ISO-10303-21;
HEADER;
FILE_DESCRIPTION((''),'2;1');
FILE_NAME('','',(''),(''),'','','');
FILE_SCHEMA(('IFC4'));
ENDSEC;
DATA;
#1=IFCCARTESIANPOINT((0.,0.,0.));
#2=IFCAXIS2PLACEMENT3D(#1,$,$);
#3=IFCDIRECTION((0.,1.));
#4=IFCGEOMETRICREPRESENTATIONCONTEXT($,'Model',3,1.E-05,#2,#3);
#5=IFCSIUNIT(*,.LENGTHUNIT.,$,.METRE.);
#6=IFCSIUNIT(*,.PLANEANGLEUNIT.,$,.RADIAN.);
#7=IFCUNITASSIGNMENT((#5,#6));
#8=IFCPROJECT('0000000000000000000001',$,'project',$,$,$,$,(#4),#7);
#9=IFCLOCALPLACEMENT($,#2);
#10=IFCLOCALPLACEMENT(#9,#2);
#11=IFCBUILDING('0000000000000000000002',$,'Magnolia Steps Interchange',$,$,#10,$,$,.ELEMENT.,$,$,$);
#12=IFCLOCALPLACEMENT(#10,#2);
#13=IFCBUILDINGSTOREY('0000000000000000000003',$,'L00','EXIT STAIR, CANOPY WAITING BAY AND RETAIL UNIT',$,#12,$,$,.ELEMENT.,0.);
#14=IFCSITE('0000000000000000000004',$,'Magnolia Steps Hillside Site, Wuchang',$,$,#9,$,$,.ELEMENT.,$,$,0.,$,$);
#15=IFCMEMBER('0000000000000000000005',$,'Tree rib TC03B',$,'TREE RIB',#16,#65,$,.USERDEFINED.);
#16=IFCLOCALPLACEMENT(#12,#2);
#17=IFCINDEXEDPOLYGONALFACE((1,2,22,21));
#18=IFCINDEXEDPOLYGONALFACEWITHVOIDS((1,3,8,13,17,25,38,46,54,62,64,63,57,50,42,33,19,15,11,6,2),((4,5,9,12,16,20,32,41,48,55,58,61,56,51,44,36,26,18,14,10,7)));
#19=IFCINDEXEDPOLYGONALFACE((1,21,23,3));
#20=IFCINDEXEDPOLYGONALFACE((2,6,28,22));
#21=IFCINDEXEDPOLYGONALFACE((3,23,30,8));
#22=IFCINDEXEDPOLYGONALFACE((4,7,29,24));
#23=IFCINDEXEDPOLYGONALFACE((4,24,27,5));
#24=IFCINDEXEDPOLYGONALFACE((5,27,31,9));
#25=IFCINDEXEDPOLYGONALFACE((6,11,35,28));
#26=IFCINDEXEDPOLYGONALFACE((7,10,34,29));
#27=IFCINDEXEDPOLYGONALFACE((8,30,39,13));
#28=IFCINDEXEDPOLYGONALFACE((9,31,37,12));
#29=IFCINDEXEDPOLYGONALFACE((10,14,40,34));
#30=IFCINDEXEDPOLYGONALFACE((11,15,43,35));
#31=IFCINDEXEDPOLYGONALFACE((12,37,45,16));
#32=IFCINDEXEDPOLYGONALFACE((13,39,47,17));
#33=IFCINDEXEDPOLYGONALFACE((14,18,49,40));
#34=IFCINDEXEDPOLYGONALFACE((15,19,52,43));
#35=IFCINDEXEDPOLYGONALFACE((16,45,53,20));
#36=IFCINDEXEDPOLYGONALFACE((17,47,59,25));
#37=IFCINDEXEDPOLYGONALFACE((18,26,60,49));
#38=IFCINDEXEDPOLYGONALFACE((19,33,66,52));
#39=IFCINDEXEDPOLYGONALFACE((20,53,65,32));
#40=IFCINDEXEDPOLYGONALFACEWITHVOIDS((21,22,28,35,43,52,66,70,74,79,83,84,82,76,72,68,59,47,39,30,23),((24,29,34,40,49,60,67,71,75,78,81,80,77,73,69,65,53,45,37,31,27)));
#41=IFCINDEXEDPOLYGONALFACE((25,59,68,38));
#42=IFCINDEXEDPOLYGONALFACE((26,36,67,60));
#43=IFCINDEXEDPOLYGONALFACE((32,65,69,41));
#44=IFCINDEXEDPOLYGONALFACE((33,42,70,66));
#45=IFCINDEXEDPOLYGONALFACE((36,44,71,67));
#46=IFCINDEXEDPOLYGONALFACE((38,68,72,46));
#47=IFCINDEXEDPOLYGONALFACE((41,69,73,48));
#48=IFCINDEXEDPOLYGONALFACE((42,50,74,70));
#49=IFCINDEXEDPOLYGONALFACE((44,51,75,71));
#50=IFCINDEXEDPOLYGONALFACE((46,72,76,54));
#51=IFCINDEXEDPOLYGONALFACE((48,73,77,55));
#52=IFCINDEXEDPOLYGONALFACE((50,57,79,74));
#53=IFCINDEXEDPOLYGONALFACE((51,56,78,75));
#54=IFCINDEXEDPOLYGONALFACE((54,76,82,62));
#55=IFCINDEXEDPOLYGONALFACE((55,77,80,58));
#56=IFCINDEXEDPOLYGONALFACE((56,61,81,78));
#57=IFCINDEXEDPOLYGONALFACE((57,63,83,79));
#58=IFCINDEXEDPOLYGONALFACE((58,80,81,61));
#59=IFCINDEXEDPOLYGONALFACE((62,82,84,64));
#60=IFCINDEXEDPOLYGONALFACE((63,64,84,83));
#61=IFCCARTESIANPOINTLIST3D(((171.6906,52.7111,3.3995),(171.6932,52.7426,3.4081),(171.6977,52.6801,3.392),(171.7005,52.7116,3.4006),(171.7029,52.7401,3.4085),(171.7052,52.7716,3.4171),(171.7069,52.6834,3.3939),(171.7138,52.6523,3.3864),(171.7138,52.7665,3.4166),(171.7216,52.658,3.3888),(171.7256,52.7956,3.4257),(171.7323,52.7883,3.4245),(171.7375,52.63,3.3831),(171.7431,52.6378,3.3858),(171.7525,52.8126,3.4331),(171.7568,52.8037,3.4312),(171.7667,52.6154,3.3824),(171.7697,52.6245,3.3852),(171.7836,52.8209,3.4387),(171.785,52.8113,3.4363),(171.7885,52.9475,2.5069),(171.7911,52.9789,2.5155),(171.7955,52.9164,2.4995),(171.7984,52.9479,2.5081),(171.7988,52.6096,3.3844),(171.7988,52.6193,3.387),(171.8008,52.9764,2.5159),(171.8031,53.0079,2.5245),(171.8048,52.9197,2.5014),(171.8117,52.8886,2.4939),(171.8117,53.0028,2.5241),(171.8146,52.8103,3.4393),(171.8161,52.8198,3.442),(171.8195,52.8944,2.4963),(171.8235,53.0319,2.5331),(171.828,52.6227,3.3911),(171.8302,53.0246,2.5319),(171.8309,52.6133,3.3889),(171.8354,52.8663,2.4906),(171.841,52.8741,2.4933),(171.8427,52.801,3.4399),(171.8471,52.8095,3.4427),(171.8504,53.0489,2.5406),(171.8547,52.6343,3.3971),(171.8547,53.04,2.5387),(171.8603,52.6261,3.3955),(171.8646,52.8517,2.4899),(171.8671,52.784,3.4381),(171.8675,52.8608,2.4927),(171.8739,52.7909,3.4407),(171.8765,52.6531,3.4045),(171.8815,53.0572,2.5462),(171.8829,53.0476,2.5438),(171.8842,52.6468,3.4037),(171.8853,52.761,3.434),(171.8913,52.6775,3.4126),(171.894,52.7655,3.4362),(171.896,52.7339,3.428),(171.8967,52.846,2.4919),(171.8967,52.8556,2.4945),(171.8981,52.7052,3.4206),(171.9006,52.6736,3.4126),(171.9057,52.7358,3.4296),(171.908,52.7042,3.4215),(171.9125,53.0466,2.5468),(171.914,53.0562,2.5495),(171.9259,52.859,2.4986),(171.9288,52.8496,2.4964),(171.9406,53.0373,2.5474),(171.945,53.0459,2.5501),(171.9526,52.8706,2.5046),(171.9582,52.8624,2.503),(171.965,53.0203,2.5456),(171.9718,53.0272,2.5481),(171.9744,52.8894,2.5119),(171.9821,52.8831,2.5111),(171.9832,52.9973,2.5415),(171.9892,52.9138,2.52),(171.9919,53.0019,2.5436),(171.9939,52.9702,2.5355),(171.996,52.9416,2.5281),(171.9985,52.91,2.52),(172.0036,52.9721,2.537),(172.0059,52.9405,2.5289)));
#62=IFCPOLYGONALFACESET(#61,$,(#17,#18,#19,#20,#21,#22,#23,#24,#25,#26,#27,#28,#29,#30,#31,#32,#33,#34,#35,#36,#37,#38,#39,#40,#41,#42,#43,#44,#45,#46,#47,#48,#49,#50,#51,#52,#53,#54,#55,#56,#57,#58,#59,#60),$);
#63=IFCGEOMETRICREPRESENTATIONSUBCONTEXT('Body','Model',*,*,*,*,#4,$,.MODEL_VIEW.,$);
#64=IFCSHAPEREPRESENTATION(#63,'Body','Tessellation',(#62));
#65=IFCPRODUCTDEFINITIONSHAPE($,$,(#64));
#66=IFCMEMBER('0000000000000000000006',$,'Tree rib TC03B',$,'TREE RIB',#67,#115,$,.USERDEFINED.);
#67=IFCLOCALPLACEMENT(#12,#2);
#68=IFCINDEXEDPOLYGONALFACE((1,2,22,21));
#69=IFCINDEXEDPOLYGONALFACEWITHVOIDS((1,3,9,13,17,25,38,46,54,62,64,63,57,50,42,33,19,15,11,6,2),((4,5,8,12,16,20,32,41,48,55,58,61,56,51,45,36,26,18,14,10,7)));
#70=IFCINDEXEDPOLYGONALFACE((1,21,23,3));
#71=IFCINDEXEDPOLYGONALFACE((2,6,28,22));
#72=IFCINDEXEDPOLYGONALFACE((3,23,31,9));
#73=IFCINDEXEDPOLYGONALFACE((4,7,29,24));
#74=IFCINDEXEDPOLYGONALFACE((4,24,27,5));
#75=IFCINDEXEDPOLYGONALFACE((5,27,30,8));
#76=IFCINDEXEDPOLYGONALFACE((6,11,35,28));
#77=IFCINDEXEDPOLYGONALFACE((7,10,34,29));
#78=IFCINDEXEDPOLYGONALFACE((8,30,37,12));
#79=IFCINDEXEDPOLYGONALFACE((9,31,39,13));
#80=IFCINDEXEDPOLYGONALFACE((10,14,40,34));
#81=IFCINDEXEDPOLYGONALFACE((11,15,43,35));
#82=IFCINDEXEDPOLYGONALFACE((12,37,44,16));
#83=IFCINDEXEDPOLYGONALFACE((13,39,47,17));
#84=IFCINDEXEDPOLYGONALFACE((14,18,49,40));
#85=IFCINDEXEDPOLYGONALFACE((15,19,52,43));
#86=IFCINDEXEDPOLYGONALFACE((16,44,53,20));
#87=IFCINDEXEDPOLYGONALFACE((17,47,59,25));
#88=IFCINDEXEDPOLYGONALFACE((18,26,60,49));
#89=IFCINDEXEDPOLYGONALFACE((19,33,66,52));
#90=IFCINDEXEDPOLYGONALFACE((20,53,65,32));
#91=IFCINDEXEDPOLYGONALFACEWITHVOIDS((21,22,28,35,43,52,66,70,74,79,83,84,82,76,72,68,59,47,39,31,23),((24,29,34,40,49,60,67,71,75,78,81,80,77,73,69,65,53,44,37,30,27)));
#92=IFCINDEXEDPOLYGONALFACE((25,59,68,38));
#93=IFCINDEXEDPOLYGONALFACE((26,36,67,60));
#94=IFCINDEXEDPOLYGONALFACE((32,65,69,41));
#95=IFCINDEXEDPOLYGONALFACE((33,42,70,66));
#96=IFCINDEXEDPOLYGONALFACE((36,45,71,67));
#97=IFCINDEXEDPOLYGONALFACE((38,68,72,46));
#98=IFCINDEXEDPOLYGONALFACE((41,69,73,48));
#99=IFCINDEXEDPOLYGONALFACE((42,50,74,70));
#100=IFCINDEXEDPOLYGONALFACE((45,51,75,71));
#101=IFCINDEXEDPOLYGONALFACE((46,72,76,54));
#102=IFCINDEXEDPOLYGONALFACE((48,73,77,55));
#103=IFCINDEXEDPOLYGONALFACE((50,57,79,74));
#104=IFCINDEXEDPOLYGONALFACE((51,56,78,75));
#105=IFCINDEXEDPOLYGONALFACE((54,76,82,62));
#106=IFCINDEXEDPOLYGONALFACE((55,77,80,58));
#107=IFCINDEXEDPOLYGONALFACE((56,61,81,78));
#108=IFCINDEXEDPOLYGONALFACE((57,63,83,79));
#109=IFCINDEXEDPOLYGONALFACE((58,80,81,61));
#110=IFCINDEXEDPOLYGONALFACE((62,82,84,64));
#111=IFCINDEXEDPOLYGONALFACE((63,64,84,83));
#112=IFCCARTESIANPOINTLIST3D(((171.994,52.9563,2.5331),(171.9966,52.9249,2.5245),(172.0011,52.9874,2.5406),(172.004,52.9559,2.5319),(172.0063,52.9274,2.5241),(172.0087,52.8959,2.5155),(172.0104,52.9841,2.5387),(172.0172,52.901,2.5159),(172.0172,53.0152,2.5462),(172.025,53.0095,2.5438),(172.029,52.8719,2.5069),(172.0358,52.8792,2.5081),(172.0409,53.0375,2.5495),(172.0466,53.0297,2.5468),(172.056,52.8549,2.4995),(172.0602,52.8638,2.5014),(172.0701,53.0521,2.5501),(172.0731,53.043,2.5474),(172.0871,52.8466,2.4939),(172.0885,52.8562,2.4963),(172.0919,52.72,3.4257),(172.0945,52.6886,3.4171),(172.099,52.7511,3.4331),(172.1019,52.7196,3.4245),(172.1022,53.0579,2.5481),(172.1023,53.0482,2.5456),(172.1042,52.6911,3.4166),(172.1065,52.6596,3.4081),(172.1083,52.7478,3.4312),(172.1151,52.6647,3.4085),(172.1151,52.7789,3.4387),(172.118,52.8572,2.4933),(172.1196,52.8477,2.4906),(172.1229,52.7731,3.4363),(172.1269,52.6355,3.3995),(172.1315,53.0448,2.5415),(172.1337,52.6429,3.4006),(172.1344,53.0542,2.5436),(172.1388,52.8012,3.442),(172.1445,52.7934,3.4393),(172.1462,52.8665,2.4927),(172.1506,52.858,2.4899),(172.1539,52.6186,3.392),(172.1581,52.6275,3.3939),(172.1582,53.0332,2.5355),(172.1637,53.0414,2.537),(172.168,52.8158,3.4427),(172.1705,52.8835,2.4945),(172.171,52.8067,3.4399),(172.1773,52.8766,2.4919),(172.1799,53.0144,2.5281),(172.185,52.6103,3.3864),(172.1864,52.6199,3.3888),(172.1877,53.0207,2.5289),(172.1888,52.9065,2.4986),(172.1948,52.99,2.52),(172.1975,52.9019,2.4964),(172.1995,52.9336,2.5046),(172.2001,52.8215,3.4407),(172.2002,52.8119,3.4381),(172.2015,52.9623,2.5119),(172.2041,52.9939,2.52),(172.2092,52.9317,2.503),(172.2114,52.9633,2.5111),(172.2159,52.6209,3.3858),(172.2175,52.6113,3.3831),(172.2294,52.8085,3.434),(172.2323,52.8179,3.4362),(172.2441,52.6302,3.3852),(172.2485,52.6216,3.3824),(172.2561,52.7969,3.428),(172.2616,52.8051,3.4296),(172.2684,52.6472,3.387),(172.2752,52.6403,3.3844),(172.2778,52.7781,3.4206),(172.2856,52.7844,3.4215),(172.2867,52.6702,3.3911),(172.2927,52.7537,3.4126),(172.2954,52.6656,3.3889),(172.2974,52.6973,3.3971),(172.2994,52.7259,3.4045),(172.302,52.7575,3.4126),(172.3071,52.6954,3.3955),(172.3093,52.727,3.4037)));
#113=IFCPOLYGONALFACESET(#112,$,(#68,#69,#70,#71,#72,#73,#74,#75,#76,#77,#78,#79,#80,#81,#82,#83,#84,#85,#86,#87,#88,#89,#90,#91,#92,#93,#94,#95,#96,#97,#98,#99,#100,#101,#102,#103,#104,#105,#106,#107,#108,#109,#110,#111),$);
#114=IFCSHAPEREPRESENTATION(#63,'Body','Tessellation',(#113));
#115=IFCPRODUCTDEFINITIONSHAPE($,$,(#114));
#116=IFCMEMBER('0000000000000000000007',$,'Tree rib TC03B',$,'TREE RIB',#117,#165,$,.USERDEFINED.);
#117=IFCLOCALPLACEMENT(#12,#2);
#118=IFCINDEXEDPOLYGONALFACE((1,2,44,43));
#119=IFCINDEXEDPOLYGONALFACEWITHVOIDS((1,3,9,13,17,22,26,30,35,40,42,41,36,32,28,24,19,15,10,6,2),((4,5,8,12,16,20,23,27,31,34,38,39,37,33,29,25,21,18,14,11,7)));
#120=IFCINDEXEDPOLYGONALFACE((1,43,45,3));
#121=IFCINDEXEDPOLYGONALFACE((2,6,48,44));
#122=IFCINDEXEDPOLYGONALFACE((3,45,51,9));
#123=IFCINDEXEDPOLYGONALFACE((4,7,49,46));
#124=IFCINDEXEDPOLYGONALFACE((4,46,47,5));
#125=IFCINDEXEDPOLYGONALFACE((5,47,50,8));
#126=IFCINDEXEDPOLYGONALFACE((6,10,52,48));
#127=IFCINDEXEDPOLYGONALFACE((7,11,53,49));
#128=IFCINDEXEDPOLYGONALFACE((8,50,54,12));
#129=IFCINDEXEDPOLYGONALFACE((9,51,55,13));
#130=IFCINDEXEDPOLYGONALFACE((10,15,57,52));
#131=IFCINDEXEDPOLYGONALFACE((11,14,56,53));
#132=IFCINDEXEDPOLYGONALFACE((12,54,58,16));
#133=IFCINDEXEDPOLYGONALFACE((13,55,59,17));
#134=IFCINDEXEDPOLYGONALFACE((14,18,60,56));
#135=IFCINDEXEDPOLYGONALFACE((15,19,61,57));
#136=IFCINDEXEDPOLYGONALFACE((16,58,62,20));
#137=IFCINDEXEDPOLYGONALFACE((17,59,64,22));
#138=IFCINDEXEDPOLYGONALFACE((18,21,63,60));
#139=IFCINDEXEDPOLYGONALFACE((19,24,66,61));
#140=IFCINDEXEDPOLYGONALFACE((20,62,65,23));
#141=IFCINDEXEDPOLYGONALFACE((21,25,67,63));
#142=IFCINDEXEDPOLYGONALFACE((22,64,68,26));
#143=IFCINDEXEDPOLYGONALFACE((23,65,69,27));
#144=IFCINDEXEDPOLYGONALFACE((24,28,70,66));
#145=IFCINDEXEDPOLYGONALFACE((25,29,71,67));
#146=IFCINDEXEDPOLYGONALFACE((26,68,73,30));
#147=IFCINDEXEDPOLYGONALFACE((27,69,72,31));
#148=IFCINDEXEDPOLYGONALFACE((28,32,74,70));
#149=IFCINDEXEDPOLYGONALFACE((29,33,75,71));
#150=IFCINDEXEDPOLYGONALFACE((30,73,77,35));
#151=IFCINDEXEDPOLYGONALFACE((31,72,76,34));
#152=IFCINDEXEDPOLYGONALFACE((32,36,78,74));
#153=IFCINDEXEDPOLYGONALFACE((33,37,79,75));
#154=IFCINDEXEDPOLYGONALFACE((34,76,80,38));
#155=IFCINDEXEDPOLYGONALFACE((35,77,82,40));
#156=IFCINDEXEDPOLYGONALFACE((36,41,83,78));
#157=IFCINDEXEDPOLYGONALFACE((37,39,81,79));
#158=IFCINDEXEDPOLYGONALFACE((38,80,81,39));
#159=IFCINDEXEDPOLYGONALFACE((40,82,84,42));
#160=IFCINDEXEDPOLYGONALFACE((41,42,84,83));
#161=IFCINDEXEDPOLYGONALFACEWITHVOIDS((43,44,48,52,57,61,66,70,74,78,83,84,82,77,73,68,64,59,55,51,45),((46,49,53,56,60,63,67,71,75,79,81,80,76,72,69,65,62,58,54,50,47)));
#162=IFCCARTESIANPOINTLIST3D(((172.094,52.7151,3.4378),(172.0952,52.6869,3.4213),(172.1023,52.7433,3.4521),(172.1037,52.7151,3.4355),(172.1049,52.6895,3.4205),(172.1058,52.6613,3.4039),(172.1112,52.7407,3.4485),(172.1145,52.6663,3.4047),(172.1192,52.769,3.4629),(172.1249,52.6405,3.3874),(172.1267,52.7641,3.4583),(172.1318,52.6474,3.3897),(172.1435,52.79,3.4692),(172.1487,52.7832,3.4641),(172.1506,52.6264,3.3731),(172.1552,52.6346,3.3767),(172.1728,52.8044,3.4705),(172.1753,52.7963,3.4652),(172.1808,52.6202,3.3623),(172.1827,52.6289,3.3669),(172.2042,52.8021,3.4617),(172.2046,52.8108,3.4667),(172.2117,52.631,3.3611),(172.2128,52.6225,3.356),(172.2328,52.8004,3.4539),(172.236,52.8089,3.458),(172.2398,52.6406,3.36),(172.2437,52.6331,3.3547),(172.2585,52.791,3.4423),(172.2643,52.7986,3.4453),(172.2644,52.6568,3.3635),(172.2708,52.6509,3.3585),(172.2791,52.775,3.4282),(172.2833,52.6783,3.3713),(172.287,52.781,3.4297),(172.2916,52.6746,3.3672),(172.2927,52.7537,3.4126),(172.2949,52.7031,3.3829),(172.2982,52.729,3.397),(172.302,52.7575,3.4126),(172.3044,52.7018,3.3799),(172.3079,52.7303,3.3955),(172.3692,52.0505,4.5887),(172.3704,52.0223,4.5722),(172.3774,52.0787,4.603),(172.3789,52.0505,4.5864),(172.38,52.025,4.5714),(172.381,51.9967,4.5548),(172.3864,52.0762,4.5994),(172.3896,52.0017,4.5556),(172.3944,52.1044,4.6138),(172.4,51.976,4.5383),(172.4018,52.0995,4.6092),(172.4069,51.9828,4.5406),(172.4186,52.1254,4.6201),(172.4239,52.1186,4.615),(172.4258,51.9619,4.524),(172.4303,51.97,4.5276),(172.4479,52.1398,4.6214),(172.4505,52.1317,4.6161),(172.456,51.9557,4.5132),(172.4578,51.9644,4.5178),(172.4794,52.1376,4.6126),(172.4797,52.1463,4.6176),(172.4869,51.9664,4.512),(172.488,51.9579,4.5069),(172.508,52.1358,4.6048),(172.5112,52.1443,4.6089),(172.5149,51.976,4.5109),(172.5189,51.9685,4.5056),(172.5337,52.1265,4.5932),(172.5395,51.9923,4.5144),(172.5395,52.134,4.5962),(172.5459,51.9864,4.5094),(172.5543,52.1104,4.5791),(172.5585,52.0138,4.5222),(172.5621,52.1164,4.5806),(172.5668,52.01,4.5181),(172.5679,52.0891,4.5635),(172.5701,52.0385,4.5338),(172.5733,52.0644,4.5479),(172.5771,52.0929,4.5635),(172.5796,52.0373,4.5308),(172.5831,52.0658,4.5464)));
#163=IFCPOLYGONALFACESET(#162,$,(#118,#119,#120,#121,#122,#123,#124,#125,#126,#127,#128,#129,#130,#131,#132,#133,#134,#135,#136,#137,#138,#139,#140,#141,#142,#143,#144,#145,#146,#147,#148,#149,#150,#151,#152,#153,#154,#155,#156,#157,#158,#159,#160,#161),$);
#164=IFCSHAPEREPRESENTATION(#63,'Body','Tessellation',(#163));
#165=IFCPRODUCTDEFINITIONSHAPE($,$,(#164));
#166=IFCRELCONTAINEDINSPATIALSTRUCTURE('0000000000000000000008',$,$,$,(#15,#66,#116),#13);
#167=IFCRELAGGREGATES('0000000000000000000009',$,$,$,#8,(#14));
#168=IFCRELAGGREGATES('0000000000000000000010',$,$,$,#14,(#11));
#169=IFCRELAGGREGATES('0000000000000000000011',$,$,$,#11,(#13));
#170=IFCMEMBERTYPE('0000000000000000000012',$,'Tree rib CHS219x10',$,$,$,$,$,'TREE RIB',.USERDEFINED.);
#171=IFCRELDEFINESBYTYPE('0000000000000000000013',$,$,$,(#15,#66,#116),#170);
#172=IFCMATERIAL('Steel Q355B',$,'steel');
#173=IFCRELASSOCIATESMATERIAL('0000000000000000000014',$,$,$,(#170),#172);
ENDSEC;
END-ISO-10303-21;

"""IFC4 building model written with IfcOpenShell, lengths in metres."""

from ifc_helpers import new_model, si_unit, direction, frame, origin, origin_2d, place, context, subcontext, project, spatial, hollow_circle, extrude, material, material_profile, profile_set, type_object, element, save


model = new_model("IFC4")

# Units and contexts
model_context = context("Model", 3, precision=1e-05, world=origin(), true_north=direction((0.0, 1.0)))
body_context = subcontext(model_context, "Body", "Model", "MODEL_VIEW")
ifc_project = project(units=[si_unit("LENGTHUNIT", "METRE"), si_unit("PLANEANGLEUNIT", "RADIAN")], contexts=[model_context])

# Site, building, storey
site_placement = place(None, origin())
site = spatial("IfcSite", under=ifc_project, at=site_placement, Name="Magnolia Steps Hillside Site, Wuchang", CompositionType="ELEMENT", RefElevation=0.0)
building_placement = place(site_placement, origin())
building = spatial("IfcBuilding", under=site, at=building_placement, Name="Magnolia Steps Interchange", CompositionType="ELEMENT")
storey_placement = place(building_placement, origin())
storey = spatial("IfcBuildingStorey", under=building, at=storey_placement, Name="L00", Description="EXIT STAIR, CANOPY WAITING BAY AND RETAIL UNIT", CompositionType="ELEMENT", Elevation=0.0)

# Members
ifc_material_1 = material(Name="Steel Q355B", Category="steel")
ifc_material_profile_1 = material_profile(ifc_material_1, hollow_circle(Radius=0.1096, WallThickness=0.01, at=origin_2d()), Name="CHS219x10")
ifc_profile_set_1 = profile_set([ifc_material_profile_1], Name="Steel Q355B")
member_type = type_object("IfcMemberType", Name="Tree rib CHS219x10", ElementType="TREE RIB", PredefinedType="USERDEFINED", material=ifc_profile_set_1)
for number, where, z_axis, x_axis, name in (
    (1, (171.8972, 52.9519, 2.52), (-0.105438, -0.254524, 0.961301), (0.923866, -0.382717, 0.0), "Tree rib TC03B"),
    (2, (172.1028, 52.9519, 2.52), (0.105438, -0.254524, 0.961301), (0.923866, 0.382717, 0.0), "Tree rib TC03B"),
):
    element("IfcMember", number, at=place(storey_placement, frame(where, z_axis=z_axis, x_axis=x_axis)), inside=storey, type_object=member_type, Name=name, ObjectType="TREE RIB", PredefinedType="USERDEFINED", context=body_context, shape_type="SweptSolid", body=[
        extrude(hollow_circle(Radius=0.1096, WallThickness=0.01, at=origin_2d()), origin(), (0.0, 0.0, 1.0), 0.9285),
    ])
member_1_placement = place(storey_placement, frame((172.2007, 52.7156, 3.4126), z_axis=(0.202738, -0.489666, 0.848012), x_axis=(0.923938, 0.382542, 0.0)))
element("IfcMember", 3, at=member_1_placement, inside=storey, type_object=member_type, Name="Tree rib TC03B", ObjectType="TREE RIB", PredefinedType="USERDEFINED", context=body_context, shape_type="SweptSolid", body=[
    extrude(hollow_circle(Radius=0.1096, WallThickness=0.01, at=origin_2d()), origin(), (0.0, 0.0, 1.0), 1.3572),
])

save(model, "model.ifc")
